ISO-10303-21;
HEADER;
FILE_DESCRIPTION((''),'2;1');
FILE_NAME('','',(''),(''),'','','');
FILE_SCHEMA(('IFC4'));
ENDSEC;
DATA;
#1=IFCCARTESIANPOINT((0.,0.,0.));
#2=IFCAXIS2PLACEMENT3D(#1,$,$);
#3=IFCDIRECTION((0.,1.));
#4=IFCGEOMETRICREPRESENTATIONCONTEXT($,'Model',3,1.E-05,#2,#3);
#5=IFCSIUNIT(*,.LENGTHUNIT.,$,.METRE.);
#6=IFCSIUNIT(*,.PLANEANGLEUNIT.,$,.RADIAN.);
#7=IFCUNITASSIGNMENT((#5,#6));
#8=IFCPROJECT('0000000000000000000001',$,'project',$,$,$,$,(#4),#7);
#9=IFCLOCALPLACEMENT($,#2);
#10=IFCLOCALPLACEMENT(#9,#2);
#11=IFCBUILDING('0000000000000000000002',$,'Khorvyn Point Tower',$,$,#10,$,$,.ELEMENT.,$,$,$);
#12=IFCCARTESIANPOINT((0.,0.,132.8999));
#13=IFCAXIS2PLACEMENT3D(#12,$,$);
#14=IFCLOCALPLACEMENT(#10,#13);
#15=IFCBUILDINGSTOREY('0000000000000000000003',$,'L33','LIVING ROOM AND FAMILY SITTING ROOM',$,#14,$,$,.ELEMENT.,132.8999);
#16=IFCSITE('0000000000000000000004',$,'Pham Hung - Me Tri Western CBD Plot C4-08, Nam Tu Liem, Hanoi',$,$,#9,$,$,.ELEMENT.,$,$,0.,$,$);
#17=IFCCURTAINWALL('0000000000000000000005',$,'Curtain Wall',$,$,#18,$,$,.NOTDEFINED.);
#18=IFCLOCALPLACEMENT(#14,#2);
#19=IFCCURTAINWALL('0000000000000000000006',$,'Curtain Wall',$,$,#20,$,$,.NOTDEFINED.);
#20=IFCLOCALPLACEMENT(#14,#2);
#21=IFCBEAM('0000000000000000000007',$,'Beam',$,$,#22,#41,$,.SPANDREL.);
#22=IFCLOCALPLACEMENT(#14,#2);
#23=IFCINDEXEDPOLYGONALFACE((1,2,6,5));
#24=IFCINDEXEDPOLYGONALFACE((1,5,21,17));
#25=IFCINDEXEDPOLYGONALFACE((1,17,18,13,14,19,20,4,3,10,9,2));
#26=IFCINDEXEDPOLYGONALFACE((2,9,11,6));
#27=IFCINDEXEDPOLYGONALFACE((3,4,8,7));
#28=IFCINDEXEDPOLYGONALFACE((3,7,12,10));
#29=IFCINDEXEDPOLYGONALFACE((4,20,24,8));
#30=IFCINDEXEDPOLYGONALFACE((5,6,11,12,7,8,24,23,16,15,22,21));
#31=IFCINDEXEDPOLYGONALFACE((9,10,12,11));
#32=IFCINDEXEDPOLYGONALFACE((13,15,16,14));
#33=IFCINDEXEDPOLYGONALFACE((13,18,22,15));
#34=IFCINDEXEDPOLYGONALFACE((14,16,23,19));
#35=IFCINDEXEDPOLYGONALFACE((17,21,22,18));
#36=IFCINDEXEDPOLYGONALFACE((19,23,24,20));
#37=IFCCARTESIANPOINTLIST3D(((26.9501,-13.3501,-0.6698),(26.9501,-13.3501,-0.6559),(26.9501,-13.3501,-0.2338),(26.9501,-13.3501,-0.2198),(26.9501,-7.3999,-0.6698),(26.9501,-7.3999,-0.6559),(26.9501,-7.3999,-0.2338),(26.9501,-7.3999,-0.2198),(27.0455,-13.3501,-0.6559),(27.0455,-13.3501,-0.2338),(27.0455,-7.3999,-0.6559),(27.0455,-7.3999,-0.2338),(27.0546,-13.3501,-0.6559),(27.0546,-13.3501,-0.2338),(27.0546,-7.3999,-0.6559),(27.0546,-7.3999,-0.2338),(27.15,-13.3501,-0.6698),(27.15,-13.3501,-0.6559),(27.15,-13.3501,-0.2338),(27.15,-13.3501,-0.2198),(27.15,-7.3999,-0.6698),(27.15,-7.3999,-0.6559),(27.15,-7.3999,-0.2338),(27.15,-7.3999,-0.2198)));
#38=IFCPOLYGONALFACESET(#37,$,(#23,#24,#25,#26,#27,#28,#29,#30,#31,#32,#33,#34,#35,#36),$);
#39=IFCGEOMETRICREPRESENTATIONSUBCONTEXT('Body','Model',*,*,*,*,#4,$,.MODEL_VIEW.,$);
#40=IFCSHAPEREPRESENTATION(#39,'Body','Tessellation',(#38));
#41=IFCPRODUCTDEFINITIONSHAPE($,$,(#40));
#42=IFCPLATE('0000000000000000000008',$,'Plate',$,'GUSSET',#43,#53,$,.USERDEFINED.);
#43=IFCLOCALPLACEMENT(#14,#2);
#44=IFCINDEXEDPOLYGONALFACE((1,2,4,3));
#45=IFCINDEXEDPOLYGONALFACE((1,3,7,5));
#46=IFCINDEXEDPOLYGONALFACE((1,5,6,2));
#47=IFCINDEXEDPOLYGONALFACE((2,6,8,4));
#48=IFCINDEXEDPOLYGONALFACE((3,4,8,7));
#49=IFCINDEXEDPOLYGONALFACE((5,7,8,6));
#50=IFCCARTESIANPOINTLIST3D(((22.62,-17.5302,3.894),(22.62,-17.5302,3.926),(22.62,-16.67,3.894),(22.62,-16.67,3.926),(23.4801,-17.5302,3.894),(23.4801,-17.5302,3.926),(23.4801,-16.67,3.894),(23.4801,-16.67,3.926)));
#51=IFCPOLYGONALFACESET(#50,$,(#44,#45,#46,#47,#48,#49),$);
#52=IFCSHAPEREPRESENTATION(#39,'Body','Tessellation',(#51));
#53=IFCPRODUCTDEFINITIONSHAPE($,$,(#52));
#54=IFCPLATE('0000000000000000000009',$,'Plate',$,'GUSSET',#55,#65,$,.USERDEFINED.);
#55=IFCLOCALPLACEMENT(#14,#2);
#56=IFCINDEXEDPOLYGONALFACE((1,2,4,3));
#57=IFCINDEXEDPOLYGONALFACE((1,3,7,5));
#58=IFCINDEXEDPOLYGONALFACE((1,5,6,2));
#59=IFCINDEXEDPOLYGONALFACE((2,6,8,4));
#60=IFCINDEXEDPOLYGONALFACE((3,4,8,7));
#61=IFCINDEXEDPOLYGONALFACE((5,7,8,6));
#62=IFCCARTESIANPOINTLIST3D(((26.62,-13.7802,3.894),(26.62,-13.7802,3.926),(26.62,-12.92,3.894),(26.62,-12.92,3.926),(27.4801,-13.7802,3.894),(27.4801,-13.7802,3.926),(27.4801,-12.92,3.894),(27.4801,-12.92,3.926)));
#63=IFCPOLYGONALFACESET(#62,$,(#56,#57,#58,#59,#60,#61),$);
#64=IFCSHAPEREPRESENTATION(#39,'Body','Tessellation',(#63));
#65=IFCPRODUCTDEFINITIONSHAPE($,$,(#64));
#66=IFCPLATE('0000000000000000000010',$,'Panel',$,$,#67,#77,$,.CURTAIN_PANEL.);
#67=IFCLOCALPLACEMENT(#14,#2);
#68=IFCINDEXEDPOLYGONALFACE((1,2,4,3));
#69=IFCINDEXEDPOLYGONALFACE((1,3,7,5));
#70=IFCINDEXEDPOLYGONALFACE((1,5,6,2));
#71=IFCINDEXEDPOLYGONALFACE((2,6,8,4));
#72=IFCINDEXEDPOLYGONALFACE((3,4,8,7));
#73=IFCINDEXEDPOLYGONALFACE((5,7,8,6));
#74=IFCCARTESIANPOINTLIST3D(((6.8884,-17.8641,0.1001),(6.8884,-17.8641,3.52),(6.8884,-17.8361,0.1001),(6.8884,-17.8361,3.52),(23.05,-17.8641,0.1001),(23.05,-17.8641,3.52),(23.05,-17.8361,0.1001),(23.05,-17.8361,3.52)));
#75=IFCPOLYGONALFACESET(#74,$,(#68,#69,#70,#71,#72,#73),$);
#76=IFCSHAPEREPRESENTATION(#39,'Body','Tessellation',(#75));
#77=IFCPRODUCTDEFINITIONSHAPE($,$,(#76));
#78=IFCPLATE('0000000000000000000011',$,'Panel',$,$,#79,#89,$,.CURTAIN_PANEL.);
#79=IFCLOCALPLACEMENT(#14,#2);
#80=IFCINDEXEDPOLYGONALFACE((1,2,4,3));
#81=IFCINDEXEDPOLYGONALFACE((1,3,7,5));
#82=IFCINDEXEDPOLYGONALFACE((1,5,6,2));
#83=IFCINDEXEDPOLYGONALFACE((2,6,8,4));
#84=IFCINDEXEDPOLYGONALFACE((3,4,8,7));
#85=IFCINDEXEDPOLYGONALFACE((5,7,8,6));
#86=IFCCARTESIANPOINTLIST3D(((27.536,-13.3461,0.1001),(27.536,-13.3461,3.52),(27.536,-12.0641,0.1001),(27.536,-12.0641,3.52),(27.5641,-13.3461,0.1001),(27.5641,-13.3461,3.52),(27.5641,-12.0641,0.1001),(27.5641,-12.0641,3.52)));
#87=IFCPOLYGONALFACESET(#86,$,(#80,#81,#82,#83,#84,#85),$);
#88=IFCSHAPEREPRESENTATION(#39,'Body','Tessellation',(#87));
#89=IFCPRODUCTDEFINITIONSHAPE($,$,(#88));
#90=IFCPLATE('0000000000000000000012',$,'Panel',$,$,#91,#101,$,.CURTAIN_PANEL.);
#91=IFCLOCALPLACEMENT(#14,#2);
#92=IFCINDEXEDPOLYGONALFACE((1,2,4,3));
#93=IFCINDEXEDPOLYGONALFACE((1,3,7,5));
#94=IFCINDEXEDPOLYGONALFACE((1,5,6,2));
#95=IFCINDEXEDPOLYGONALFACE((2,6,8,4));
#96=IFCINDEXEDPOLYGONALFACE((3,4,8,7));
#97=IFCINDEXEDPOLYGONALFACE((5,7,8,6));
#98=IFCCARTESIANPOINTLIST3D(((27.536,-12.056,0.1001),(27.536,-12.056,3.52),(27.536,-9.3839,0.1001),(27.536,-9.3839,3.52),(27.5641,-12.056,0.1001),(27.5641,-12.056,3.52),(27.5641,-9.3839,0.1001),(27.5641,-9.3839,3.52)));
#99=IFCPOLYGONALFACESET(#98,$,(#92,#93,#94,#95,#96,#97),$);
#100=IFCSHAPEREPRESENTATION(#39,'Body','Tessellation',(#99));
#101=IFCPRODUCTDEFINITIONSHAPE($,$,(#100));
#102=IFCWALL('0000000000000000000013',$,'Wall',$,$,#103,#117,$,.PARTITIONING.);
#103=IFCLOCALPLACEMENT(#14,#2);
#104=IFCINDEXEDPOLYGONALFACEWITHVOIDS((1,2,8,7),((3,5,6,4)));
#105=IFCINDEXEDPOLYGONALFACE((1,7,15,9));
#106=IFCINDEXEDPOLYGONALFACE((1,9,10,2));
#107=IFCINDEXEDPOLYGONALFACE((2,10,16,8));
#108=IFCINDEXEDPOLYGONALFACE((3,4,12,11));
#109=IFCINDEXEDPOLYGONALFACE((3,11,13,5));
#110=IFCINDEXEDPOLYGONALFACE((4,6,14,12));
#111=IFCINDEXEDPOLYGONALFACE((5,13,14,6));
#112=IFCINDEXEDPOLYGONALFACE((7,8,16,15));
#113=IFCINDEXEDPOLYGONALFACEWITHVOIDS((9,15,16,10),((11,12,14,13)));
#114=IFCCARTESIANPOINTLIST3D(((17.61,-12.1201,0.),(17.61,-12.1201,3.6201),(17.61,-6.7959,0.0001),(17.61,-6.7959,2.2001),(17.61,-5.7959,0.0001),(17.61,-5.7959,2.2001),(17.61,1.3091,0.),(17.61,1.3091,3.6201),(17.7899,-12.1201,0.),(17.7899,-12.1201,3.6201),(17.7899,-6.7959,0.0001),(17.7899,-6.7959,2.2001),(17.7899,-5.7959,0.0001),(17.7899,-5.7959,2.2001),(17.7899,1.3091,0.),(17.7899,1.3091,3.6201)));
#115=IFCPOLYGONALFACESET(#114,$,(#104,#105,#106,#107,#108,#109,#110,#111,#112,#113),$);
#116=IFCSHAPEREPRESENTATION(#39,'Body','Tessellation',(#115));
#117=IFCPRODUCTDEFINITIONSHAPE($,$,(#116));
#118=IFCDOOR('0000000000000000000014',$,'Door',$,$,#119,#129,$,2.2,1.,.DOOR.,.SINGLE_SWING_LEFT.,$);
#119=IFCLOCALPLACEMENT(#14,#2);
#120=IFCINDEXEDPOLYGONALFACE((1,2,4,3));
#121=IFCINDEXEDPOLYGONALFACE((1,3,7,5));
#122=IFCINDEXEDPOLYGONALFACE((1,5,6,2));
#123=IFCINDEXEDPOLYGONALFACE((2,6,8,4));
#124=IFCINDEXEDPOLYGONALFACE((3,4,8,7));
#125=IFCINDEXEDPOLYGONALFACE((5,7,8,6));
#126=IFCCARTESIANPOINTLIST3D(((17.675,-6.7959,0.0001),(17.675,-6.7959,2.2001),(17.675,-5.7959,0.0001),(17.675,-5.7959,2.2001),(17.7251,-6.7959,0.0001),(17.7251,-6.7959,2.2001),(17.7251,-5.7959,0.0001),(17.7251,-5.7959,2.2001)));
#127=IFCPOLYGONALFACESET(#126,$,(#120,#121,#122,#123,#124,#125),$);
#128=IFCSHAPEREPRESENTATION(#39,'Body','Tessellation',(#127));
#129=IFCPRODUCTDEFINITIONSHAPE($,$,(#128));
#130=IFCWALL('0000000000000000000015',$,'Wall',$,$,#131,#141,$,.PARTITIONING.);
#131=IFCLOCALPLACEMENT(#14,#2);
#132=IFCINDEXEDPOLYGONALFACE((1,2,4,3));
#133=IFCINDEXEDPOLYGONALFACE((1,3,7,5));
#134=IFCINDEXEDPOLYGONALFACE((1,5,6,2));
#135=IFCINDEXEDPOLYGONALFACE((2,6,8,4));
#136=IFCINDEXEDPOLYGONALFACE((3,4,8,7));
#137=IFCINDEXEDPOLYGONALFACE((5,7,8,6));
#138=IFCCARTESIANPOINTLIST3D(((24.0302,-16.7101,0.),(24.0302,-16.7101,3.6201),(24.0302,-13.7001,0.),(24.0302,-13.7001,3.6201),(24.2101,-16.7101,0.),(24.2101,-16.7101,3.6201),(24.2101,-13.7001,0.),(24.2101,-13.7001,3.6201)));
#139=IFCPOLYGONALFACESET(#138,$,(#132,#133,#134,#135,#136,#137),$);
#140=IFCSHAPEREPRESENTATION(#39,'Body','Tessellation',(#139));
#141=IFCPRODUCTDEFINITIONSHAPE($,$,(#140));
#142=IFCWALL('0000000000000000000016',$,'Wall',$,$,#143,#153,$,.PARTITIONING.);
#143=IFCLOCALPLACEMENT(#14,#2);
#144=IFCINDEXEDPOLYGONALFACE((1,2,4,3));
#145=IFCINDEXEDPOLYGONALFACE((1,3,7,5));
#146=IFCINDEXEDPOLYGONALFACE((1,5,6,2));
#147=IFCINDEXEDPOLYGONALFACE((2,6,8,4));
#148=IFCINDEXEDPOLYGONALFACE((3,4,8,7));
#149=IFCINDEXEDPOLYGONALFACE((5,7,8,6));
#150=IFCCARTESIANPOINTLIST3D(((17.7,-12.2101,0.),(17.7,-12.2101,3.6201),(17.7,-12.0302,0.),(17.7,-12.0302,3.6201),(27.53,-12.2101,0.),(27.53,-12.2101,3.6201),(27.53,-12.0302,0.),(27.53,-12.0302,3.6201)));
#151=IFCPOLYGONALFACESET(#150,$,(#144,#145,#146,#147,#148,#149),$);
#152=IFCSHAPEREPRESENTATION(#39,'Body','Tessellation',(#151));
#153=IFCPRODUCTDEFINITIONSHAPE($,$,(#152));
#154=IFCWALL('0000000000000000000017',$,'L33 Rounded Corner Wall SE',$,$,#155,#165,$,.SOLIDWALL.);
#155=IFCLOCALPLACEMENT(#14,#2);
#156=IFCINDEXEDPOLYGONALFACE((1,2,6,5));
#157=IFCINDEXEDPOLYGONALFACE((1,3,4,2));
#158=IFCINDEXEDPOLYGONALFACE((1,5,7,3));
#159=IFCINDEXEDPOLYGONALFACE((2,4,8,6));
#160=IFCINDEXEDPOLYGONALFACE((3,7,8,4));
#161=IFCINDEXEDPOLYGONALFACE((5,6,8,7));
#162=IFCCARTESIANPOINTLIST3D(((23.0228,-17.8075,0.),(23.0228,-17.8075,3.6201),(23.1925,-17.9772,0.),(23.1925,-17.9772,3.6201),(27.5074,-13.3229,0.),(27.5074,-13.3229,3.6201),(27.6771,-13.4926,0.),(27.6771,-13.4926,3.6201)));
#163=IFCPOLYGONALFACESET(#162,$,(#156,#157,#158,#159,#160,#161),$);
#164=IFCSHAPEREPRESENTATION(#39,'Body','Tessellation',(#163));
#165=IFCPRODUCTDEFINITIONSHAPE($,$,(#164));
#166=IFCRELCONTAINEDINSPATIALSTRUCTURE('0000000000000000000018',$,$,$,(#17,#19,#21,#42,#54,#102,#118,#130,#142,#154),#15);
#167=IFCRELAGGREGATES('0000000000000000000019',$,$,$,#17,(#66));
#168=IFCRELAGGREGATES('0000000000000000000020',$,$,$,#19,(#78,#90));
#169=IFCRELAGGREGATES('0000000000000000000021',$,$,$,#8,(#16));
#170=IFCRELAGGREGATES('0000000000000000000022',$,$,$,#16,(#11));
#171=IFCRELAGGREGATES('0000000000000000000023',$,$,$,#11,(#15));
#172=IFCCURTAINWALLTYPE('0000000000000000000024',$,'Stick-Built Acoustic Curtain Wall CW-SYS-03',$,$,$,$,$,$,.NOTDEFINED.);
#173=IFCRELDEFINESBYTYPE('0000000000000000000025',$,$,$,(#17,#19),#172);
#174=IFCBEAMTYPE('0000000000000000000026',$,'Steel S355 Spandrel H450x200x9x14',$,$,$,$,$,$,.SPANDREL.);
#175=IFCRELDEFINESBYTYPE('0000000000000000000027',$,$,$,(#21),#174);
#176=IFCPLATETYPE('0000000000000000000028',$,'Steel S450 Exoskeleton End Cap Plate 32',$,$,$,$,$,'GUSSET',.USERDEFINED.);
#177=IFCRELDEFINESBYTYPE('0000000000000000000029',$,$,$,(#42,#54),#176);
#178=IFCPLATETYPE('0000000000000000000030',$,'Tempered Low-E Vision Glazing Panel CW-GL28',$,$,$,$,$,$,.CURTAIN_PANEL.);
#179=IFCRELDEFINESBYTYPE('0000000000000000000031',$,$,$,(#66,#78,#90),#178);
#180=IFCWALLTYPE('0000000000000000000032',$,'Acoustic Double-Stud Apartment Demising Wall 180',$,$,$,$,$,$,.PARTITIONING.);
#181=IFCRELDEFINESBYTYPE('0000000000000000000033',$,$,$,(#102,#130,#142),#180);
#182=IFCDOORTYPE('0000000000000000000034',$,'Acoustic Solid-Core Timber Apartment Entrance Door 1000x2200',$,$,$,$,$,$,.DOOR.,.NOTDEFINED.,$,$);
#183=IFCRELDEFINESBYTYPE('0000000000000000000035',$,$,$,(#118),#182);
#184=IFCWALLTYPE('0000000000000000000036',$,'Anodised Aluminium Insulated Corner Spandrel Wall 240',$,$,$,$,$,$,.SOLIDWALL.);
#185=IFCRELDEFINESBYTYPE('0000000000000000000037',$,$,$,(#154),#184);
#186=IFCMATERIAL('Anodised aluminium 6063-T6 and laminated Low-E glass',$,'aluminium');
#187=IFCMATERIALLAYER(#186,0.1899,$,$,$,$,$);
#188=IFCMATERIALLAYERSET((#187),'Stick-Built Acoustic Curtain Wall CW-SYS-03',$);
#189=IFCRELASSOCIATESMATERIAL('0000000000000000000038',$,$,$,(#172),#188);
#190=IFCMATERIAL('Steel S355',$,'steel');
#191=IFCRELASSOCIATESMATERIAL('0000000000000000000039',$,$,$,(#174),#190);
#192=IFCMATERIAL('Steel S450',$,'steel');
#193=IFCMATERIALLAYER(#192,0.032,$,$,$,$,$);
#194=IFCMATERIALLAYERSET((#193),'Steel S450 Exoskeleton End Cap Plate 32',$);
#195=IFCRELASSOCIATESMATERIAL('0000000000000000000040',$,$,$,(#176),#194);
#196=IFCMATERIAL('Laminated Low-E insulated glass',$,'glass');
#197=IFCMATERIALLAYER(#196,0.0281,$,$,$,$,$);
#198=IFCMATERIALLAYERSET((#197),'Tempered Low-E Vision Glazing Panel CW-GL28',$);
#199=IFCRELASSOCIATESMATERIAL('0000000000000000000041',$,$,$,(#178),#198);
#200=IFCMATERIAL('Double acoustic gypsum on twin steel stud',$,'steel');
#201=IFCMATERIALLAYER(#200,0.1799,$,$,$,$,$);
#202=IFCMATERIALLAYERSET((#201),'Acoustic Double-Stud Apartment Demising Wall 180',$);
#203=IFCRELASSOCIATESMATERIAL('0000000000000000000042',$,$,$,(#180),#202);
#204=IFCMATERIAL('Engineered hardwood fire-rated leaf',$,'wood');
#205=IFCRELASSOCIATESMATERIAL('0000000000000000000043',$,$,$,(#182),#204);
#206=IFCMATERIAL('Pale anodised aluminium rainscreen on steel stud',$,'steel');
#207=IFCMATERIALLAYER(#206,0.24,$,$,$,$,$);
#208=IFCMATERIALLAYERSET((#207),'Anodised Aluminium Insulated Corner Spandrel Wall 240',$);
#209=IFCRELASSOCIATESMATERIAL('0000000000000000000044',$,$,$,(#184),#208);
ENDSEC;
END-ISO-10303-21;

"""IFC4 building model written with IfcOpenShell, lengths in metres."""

from ifc_helpers import new_model, si_unit, direction, frame, frame_2d, origin, origin_2d, place, context, subcontext, project, spatial, rectangle, i_section, extrude, material, layer, layer_set, material_profile, profile_set, type_object, element, fill, aggregate, save


model = new_model("IFC4")

# Units and contexts
model_context = context("Model", 3, precision=1e-05, world=origin(), true_north=direction((0.0, 1.0)))
body_context = subcontext(model_context, "Body", "Model", "MODEL_VIEW")
ifc_project = project(units=[si_unit("LENGTHUNIT", "METRE"), si_unit("PLANEANGLEUNIT", "RADIAN")], contexts=[model_context])

# Site, building, storey
site_placement = place(None, origin())
site = spatial("IfcSite", under=ifc_project, at=site_placement, Name="Pham Hung - Me Tri Western CBD Plot C4-08, Nam Tu Liem, Hanoi", CompositionType="ELEMENT", RefElevation=0.0)
building_placement = place(site_placement, origin())
building = spatial("IfcBuilding", under=site, at=building_placement, Name="Khorvyn Point Tower", CompositionType="ELEMENT")
storey_placement = place(building_placement, frame((0.0, 0.0, 132.8999)))
storey = spatial("IfcBuildingStorey", under=building, at=storey_placement, Name="L33", Description="LIVING ROOM AND FAMILY SITTING ROOM", CompositionType="ELEMENT", Elevation=132.8999)

# Shared definitions
ifc_material_1 = material(Name="Steel S450", Category="steel")

# Curtain walls
ifc_material_2 = material(Name="Anodised aluminium 6063-T6 and laminated Low-E glass", Category="aluminium")
ifc_layer_1 = layer(ifc_material_2, 0.1899)
ifc_layer_set_1 = layer_set([ifc_layer_1], Name="Stick-Built Acoustic Curtain Wall CW-SYS-03")
curtain_wall_type = type_object("IfcCurtainWallType", Name="Stick-Built Acoustic Curtain Wall CW-SYS-03", PredefinedType="NOTDEFINED", material=ifc_layer_set_1)
curtain_wall_1_placement = place(storey_placement, origin())
curtain_wall_1 = element("IfcCurtainWall", 1, at=curtain_wall_1_placement, inside=storey, type_object=curtain_wall_type, Name="Curtain Wall", PredefinedType="NOTDEFINED")
curtain_wall_2_placement = place(storey_placement, origin())
curtain_wall_2 = element("IfcCurtainWall", 2, at=curtain_wall_2_placement, inside=storey, type_object=curtain_wall_type, Name="Curtain Wall", PredefinedType="NOTDEFINED")

# Beam
ifc_material_3 = material(Name="Steel S355", Category="steel")
ifc_material_profile_1 = material_profile(ifc_material_3, i_section(OverallWidth=0.2, OverallDepth=0.45, WebThickness=0.009, FlangeThickness=0.0139, at=origin_2d()))
ifc_profile_set_1 = profile_set([ifc_material_profile_1], Name="Steel S355 H450x200x9x14")
beam_type_1 = type_object("IfcBeamType", Name="Steel S355 Spandrel H450x200x9x14", PredefinedType="SPANDREL", material=ifc_profile_set_1)
beam_1_placement = place(storey_placement, frame((27.05, -13.3501, -0.4448), z_axis=(0.0, 1.0, 0.0), x_axis=(-1.0, 0.0, 0.0)))
element("IfcBeam", 3, at=beam_1_placement, inside=storey, type_object=beam_type_1, Name="Beam", PredefinedType="SPANDREL", context=body_context, shape_type="SweptSolid", body=[
    extrude(i_section(OverallWidth=0.2, OverallDepth=0.45, WebThickness=0.009, FlangeThickness=0.0139, at=origin_2d()), origin(), (0.0, 0.0, 1.0), 5.9502),
])

# Plates
ifc_layer_2 = layer(ifc_material_1, 0.032)
ifc_layer_set_2 = layer_set([ifc_layer_2], Name="Steel S450 Exoskeleton End Cap Plate 32")
plate_type_1 = type_object("IfcPlateType", Name="Steel S450 Exoskeleton End Cap Plate 32", ElementType="GUSSET", PredefinedType="USERDEFINED", material=ifc_layer_set_2)
for number, where, z_axis, x_axis, name in (
    (4, (23.05, -17.1001, 3.894), (0.0, 0.0, 1.0), (1.0, 0.0, 0.0), "Plate"),
    (5, (27.05, -13.3501, 3.894), (0.0, 0.0, 1.0), (1.0, 0.0, 0.0), "Plate"),
):
    element("IfcPlate", number, at=place(storey_placement, frame(where, z_axis=z_axis, x_axis=x_axis)), inside=storey, type_object=plate_type_1, Name=name, ObjectType="GUSSET", PredefinedType="USERDEFINED", context=body_context, shape_type="SweptSolid", body=[
        extrude(rectangle(XDim=0.8601, YDim=0.8601, at=origin_2d()), origin(), (0.0, 0.0, 1.0), 0.032),
    ])

# Plates
ifc_material_4 = material(Name="Laminated Low-E insulated glass", Category="glass")
ifc_layer_3 = layer(ifc_material_4, 0.0281)
ifc_layer_set_3 = layer_set([ifc_layer_3], Name="Tempered Low-E Vision Glazing Panel CW-GL28")
plate_type_2 = type_object("IfcPlateType", Name="Tempered Low-E Vision Glazing Panel CW-GL28", PredefinedType="CURTAIN_PANEL", material=ifc_layer_set_3)
plate_1_placement = place(storey_placement, frame((14.9692, -17.8501, 0.1001), z_axis=(0.0, 0.0, 1.0), x_axis=(-1.0, 0.0, 0.0)))
plate_1 = element("IfcPlate", 6, at=plate_1_placement, type_object=plate_type_2, Name="Panel", PredefinedType="CURTAIN_PANEL", context=body_context, shape_type="SweptSolid", body=[
    extrude(rectangle(XDim=16.1616, YDim=0.0281, at=origin_2d()), origin(), (0.0, 0.0, 1.0), 3.4199),
])
aggregate(curtain_wall_1, [plate_1])
plate_2_placement = place(storey_placement, frame((27.55, -12.7051, 0.1001), z_axis=(0.0, 0.0, 1.0), x_axis=(0.0, -1.0, 0.0)))
plate_2 = element("IfcPlate", 7, at=plate_2_placement, type_object=plate_type_2, Name="Panel", PredefinedType="CURTAIN_PANEL", context=body_context, shape_type="SweptSolid", body=[
    extrude(rectangle(XDim=1.282, YDim=0.0281, at=origin_2d()), origin(), (0.0, 0.0, 1.0), 3.4199),
])
plate_3_placement = place(storey_placement, frame((27.55, -10.72, 0.1001), z_axis=(0.0, 0.0, 1.0), x_axis=(0.0, -1.0, 0.0)))
plate_3 = element("IfcPlate", 8, at=plate_3_placement, type_object=plate_type_2, Name="Panel", PredefinedType="CURTAIN_PANEL", context=body_context, shape_type="SweptSolid", body=[
    extrude(rectangle(XDim=2.6721, YDim=0.0281, at=origin_2d()), origin(), (0.0, 0.0, 1.0), 3.4199),
])
aggregate(curtain_wall_2, [plate_2, plate_3])

# Wall, opening, door
ifc_material_5 = material(Name="Double acoustic gypsum on twin steel stud", Category="steel")
ifc_layer_4 = layer(ifc_material_5, 0.1799)
ifc_layer_set_4 = layer_set([ifc_layer_4], Name="Acoustic Double-Stud Apartment Demising Wall 180")
wall_type_1 = type_object("IfcWallType", Name="Acoustic Double-Stud Apartment Demising Wall 180", PredefinedType="PARTITIONING", material=ifc_layer_set_4)
wall_1_placement = place(storey_placement, frame((17.7, -12.1201, 0.0), z_axis=(0.0, 0.0, 1.0), x_axis=(0.0, 1.0, 0.0)))
wall_1 = element("IfcWall", 9, at=wall_1_placement, inside=storey, type_object=wall_type_1, Name="Wall", PredefinedType="PARTITIONING", context=body_context, shape_type="SweptSolid", body=[
    extrude(rectangle(XDim=13.4292, YDim=0.1799, at=frame_2d((6.7146, 0.0))), origin(), (0.0, 0.0, 1.0), 3.6201),
])
opening_1_placement = place(wall_1_placement, frame((5.3242, 0.0, 0.0)))
opening_1 = element("IfcOpeningElement", 10, at=opening_1_placement, cuts=wall_1, PredefinedType="OPENING", context=body_context, shape_type="SweptSolid", body=[
    extrude(rectangle(XDim=1.0, YDim=2.2, at=frame_2d((0.5, 1.1001))), frame((0.0, 0.0999, 0.0), z_axis=(0.0, -1.0, 0.0), x_axis=(1.0, 0.0, 0.0)), (0.0, 0.0, 1.0), 0.2),
])
ifc_material_6 = material(Name="Engineered hardwood fire-rated leaf", Category="wood")
door_type_1 = type_object("IfcDoorType", Name="Acoustic Solid-Core Timber Apartment Entrance Door 1000x2200", OperationType="NOTDEFINED", PredefinedType="DOOR", material=ifc_material_6)
door_1_placement = place(opening_1_placement, origin())
door_1 = element("IfcDoor", 11, at=door_1_placement, inside=storey, type_object=door_type_1, Name="Door", OperationType="SINGLE_SWING_LEFT", OverallHeight=2.2, OverallWidth=1.0, PredefinedType="DOOR", context=body_context, shape_type="SweptSolid", body=[
    extrude(rectangle(XDim=1.0, YDim=2.2, at=frame_2d((0.5, 1.1001))), frame((0.0, 0.0249, 0.0), z_axis=(0.0, -1.0, 0.0), x_axis=(1.0, 0.0, 0.0)), (0.0, 0.0, 1.0), 0.05),
])
fill(opening_1, door_1)

# Walls
wall_2_placement = place(storey_placement, frame((24.1201, -16.71, 0.0), z_axis=(0.0, 0.0, 1.0), x_axis=(0.0, 1.0, 0.0)))
element("IfcWall", 12, at=wall_2_placement, inside=storey, type_object=wall_type_1, Name="Wall", PredefinedType="PARTITIONING", context=body_context, shape_type="SweptSolid", body=[
    extrude(rectangle(XDim=3.01, YDim=0.1799, at=frame_2d((1.5049, 0.0))), origin(), (0.0, 0.0, 1.0), 3.6201),
])
wall_3_placement = place(storey_placement, frame((17.7, -12.1201, 0.0), z_axis=(0.0, 0.0, 1.0), x_axis=(1.0, 0.0, 0.0)))
element("IfcWall", 13, at=wall_3_placement, inside=storey, type_object=wall_type_1, Name="Wall", PredefinedType="PARTITIONING", context=body_context, shape_type="SweptSolid", body=[
    extrude(rectangle(XDim=9.8301, YDim=0.1799, at=frame_2d((4.915, 0.0))), origin(), (0.0, 0.0, 1.0), 3.6201),
])
ifc_material_7 = material(Name="Pale anodised aluminium rainscreen on steel stud", Category="steel")
ifc_layer_5 = layer(ifc_material_7, 0.24)
ifc_layer_set_5 = layer_set([ifc_layer_5], Name="Anodised Aluminium Insulated Corner Spandrel Wall 240")
wall_type_2 = type_object("IfcWallType", Name="Anodised Aluminium Insulated Corner Spandrel Wall 240", PredefinedType="SOLIDWALL", material=ifc_layer_set_5)
wall_4_placement = place(storey_placement, frame((27.5923, -13.4077, 0.0), z_axis=(0.0, 0.0, 1.0), x_axis=(-0.707107, -0.707107, 0.0)))
element("IfcWall", 14, at=wall_4_placement, inside=storey, type_object=wall_type_2, Name="L33 Rounded Corner Wall SE", PredefinedType="SOLIDWALL", context=body_context, shape_type="SweptSolid", body=[
    extrude(rectangle(XDim=6.3423, YDim=0.24, at=frame_2d((3.1711, 0.0))), origin(), (0.0, 0.0, 1.0), 3.6201),
])

save(model, "model.ifc")
